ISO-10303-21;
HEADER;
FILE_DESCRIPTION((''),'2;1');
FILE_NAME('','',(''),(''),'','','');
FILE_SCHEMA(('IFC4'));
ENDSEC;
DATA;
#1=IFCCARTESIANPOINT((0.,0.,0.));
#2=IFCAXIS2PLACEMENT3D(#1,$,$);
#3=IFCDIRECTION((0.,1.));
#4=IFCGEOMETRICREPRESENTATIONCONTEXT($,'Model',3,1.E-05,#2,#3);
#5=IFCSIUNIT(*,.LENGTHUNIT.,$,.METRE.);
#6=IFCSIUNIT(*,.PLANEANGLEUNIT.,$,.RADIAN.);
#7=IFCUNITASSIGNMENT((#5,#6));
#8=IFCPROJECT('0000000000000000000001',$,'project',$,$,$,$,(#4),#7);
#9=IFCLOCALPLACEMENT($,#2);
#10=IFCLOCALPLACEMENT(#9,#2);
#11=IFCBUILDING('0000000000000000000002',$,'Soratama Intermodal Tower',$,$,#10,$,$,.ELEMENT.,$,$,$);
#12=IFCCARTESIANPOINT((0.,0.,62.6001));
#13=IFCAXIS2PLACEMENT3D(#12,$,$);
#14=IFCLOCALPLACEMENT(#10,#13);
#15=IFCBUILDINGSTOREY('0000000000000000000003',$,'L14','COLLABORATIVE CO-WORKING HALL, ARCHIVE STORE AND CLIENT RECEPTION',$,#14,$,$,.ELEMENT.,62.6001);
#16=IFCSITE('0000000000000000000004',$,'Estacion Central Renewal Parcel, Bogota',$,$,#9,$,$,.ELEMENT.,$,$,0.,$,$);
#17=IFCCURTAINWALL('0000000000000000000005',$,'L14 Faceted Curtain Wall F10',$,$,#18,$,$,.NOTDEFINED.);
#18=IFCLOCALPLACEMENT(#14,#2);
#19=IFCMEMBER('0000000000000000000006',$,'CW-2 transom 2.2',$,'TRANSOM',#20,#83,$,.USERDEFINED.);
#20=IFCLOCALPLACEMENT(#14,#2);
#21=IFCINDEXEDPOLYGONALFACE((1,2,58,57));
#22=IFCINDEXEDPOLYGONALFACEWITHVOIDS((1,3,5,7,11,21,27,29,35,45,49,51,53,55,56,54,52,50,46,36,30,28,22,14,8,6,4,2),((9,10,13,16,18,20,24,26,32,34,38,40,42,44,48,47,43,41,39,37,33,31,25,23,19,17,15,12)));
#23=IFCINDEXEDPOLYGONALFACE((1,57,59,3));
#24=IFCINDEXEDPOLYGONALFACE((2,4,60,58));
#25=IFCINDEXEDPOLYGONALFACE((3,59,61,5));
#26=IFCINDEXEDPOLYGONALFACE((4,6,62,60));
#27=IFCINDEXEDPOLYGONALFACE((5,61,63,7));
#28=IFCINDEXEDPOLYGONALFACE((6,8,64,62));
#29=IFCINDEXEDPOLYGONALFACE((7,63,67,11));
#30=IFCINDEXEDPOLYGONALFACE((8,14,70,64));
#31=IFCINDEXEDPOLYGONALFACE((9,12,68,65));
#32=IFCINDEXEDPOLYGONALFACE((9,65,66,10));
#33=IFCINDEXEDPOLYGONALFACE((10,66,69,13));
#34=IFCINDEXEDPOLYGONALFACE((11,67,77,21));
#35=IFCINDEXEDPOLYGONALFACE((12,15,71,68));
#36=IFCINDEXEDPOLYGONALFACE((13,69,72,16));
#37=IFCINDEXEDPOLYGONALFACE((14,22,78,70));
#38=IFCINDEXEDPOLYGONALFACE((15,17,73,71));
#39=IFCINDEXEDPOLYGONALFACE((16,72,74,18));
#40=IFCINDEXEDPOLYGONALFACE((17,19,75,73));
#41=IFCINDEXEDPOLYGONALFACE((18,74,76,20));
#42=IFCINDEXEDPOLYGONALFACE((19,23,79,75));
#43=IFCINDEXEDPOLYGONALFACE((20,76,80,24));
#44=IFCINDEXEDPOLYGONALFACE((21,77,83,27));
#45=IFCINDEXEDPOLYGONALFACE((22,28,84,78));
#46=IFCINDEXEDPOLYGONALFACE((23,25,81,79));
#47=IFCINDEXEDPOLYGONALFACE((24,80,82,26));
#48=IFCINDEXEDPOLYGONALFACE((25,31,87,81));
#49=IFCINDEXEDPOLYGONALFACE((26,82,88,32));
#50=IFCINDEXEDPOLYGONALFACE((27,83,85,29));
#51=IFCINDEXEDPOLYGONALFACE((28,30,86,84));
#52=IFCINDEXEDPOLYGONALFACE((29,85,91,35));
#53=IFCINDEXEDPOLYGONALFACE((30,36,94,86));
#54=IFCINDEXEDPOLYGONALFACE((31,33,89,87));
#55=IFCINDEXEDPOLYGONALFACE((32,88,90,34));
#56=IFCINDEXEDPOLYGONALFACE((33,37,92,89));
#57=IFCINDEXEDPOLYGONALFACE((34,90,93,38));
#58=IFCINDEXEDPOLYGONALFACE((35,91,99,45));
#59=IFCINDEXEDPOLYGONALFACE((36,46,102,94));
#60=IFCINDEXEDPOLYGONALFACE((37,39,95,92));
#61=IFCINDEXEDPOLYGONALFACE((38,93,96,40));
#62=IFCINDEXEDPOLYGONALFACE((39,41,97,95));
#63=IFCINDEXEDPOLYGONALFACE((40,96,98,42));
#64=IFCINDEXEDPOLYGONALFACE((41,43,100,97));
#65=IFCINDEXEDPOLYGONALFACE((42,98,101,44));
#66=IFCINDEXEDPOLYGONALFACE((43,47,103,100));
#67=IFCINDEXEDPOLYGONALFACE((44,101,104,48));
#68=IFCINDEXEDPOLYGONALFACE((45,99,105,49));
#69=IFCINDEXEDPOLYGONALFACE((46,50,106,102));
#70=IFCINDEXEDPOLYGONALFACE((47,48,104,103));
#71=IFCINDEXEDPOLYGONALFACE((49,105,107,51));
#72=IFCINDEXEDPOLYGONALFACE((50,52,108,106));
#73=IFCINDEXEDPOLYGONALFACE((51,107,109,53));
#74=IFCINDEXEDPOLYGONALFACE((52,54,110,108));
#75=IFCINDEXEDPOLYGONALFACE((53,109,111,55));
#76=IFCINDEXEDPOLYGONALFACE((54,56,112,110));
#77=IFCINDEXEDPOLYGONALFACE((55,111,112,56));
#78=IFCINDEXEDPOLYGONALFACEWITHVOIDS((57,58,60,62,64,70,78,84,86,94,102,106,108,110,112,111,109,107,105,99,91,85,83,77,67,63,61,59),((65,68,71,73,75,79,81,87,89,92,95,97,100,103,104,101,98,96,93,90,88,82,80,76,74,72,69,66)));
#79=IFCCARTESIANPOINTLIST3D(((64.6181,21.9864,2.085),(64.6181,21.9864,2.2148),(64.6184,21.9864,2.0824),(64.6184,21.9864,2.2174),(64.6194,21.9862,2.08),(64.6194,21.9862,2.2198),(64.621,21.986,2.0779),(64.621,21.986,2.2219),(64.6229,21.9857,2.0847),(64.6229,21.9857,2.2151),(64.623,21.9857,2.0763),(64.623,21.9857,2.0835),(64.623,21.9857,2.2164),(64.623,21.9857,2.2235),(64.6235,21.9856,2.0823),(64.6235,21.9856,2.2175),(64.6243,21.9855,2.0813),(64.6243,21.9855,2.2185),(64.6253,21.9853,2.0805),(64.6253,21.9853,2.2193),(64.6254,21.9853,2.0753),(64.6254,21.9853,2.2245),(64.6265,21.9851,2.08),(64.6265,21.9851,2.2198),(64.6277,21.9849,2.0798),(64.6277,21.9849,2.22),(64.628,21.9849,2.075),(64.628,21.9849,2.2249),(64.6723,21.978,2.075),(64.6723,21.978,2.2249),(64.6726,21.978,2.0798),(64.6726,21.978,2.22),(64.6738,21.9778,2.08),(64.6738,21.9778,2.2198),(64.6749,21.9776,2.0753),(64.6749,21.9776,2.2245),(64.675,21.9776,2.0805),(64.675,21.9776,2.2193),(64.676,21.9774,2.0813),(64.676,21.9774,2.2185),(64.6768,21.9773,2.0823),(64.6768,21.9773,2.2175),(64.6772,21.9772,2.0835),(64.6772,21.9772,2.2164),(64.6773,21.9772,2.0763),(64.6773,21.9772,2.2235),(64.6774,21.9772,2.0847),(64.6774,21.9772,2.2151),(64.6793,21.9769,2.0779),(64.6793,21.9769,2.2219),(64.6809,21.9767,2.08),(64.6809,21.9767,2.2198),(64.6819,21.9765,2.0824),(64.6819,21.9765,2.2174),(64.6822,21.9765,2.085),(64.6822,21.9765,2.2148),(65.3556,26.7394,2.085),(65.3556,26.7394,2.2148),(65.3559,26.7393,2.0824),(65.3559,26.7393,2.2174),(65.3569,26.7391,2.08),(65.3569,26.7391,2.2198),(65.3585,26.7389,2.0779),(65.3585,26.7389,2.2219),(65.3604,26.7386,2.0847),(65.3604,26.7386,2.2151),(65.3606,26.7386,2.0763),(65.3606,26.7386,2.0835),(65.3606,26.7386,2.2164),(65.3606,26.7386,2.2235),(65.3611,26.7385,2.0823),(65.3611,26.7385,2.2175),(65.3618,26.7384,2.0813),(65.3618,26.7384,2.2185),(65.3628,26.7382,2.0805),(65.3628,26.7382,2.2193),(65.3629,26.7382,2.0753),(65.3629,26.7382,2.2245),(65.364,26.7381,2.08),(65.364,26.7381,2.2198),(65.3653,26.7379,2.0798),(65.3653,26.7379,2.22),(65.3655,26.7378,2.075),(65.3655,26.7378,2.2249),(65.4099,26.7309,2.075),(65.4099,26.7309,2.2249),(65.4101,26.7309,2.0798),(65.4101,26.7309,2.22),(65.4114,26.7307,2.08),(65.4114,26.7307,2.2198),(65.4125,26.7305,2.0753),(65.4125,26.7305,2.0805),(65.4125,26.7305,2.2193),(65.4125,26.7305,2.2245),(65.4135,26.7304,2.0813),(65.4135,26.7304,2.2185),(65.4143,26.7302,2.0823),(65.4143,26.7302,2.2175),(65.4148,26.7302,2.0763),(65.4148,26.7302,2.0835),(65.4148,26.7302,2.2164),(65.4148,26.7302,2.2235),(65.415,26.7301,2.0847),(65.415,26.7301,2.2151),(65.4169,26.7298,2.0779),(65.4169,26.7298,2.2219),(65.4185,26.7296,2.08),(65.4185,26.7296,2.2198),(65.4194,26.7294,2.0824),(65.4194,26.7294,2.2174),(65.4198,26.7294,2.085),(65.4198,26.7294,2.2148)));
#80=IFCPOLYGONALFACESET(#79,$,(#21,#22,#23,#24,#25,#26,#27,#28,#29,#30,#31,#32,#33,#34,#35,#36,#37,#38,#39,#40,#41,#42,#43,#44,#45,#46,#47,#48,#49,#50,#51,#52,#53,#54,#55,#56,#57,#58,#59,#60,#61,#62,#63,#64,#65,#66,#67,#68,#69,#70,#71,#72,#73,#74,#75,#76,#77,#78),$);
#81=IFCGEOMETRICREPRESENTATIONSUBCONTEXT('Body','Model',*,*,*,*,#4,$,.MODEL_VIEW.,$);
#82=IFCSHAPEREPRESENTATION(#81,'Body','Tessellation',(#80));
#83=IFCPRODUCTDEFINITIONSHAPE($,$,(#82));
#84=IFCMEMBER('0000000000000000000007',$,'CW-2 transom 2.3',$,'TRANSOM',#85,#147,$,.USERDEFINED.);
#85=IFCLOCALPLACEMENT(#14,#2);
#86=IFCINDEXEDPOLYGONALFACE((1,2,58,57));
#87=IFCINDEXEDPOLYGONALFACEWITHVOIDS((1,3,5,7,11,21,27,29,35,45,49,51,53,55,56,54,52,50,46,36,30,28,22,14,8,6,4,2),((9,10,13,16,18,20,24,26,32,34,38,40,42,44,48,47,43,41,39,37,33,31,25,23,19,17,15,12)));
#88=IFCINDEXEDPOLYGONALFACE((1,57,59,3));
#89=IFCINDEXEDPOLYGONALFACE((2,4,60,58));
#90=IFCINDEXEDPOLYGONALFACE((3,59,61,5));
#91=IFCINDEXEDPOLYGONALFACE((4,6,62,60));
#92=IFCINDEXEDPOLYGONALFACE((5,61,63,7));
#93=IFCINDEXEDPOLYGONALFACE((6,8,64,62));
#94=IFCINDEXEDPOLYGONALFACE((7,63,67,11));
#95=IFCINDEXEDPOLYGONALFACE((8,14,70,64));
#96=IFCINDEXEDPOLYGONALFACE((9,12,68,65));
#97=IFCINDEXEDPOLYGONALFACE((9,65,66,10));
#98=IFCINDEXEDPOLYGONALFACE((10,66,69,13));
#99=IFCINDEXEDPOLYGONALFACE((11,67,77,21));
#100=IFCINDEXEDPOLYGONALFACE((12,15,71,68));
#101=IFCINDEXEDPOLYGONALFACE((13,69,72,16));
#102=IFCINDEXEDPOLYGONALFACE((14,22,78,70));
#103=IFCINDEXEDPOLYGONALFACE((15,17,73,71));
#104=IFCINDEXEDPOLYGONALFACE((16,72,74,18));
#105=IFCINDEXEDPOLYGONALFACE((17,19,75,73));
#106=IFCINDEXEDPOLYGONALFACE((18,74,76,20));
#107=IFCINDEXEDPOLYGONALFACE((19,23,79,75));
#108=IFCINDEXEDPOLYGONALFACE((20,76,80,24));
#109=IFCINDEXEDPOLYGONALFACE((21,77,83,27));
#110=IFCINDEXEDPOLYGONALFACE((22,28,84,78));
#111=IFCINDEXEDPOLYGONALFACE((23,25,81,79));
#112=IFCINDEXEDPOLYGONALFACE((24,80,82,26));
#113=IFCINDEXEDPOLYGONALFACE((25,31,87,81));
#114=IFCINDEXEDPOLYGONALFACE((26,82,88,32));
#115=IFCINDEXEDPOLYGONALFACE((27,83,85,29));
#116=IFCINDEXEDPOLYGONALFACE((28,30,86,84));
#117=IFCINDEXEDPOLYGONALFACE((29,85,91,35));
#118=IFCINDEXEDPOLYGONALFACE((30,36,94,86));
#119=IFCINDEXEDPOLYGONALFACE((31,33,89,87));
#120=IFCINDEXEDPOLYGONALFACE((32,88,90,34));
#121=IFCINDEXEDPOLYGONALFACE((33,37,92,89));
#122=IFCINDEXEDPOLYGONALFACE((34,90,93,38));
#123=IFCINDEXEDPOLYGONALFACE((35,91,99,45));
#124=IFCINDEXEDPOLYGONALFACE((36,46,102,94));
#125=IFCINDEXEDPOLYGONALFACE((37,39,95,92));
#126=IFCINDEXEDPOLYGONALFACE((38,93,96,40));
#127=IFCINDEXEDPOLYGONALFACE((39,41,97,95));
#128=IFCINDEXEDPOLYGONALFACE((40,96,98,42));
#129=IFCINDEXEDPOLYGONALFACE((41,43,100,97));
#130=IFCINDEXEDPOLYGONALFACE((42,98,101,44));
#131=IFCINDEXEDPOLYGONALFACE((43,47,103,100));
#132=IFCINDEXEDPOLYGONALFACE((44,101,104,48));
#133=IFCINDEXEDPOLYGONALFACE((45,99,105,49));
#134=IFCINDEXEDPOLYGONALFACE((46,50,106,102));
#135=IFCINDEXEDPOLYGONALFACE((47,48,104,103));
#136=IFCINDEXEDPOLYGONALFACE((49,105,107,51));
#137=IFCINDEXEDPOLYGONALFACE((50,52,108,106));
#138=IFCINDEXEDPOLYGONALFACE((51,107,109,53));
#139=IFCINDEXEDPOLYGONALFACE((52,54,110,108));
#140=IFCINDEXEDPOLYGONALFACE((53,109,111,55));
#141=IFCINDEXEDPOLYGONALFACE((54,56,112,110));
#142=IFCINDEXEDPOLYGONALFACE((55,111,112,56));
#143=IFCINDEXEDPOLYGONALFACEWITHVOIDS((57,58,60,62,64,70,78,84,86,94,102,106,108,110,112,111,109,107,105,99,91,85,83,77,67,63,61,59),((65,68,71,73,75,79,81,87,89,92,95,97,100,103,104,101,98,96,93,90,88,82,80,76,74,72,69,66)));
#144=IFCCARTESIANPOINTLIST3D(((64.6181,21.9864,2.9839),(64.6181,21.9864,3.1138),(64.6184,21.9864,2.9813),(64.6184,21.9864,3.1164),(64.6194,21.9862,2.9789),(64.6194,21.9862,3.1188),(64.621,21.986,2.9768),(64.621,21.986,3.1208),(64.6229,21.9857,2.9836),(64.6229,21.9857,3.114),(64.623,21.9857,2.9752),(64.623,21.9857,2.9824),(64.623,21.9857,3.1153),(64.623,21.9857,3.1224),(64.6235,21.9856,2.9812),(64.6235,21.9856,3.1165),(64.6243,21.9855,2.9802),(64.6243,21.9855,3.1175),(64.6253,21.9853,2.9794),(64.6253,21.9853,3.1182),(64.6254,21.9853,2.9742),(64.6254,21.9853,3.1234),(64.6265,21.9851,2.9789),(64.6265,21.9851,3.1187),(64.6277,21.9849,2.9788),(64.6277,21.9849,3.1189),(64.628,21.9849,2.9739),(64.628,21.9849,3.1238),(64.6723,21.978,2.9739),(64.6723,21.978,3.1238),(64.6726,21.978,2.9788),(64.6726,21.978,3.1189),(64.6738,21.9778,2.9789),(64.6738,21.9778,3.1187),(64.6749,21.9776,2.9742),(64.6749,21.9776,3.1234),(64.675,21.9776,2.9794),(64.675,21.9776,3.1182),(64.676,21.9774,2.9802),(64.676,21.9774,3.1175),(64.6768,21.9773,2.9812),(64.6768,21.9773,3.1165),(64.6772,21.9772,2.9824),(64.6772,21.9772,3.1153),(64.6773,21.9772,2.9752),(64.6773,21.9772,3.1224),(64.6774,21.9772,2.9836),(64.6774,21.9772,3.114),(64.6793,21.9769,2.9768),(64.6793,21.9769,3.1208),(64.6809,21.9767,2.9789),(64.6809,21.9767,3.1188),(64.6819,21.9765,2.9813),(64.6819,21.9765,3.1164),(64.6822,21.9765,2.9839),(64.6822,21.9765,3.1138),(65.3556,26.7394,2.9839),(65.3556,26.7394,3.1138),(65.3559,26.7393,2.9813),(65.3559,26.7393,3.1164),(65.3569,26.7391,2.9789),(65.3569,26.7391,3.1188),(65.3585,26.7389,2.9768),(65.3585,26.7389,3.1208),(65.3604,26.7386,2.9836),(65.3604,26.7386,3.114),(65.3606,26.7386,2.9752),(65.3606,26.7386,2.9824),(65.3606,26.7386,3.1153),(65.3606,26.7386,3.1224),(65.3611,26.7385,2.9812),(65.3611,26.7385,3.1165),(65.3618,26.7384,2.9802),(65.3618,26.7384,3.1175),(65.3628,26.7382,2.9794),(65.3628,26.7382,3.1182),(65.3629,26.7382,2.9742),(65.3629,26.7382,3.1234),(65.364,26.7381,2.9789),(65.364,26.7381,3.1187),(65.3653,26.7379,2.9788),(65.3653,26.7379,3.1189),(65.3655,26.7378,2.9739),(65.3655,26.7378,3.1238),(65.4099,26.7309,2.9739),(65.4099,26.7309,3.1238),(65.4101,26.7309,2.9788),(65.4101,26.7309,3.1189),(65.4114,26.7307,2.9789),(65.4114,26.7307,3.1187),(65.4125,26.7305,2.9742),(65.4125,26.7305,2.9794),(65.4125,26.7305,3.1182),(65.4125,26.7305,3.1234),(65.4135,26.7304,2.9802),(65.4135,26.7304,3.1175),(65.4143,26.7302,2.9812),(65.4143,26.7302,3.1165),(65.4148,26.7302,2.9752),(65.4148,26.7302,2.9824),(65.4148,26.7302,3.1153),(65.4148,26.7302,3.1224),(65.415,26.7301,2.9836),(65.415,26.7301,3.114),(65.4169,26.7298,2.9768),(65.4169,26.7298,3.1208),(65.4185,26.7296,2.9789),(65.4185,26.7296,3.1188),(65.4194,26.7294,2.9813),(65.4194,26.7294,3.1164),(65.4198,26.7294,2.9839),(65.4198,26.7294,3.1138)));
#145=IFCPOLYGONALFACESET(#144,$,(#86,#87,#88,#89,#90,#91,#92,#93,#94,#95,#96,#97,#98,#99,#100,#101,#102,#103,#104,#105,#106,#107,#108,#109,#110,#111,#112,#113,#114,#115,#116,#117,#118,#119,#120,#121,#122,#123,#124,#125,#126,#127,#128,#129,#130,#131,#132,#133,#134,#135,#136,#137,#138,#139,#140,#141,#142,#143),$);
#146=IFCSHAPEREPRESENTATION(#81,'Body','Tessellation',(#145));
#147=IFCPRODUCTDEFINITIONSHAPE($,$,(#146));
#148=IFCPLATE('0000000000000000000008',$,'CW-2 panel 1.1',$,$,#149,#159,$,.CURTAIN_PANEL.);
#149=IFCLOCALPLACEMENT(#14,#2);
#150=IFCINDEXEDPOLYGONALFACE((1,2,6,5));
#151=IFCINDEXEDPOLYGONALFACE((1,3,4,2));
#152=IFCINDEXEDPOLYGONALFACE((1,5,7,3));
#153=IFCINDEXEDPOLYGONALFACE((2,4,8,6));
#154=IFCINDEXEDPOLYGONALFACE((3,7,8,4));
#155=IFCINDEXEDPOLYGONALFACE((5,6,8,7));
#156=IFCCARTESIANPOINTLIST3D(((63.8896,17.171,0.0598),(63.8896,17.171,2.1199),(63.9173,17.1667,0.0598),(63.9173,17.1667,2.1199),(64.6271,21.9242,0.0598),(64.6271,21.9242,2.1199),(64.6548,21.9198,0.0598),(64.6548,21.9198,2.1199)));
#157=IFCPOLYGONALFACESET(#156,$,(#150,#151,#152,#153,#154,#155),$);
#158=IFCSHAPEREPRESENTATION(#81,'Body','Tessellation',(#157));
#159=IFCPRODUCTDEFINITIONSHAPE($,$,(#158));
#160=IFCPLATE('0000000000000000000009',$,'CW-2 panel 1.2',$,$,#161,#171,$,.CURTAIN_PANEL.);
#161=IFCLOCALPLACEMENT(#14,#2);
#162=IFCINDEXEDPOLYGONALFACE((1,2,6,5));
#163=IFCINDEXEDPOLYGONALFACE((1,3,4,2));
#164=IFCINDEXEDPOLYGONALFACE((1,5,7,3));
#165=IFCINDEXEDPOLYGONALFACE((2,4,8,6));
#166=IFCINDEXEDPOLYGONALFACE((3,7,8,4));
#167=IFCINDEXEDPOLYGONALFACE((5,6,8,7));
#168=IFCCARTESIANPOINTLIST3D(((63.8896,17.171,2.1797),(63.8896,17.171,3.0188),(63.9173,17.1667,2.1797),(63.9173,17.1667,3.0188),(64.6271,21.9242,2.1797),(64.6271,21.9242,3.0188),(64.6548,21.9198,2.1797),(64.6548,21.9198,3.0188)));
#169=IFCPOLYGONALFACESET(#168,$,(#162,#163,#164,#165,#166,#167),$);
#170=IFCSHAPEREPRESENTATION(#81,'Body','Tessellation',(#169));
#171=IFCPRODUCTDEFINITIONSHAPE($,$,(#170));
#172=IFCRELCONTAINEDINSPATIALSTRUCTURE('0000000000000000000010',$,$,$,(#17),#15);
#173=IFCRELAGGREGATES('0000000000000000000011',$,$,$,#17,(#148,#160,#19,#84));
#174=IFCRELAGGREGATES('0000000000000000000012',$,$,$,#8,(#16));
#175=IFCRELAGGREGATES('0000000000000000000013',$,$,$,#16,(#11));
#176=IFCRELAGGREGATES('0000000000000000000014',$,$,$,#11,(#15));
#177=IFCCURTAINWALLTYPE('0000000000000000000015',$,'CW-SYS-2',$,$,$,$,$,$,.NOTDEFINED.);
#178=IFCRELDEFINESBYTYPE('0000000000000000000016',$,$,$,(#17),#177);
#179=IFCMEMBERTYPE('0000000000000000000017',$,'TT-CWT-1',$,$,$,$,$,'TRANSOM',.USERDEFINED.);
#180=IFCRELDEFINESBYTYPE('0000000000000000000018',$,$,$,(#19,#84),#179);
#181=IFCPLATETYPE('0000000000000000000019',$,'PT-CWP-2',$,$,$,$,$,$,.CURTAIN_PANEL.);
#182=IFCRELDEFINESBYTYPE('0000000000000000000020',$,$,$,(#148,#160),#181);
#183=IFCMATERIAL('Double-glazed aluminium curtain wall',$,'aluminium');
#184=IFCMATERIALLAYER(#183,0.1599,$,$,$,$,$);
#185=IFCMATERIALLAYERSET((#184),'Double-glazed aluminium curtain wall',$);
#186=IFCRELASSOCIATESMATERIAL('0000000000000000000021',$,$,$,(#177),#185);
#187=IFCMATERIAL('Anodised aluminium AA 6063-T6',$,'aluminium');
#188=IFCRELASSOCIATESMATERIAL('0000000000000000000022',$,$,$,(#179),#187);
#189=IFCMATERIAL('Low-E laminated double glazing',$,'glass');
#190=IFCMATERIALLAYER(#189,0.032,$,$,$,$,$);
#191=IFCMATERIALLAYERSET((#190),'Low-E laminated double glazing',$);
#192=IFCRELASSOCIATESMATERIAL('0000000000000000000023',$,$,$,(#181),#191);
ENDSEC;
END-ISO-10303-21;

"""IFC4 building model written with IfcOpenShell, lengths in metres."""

from ifc_helpers import new_model, si_unit, direction, frame, origin, origin_2d, place, context, subcontext, project, spatial, rectangle, hollow_rectangle, extrude, material, layer, layer_set, material_profile, profile_set, type_object, element, aggregate, save


model = new_model("IFC4")

# Units and contexts
model_context = context("Model", 3, precision=1e-05, world=origin(), true_north=direction((0.0, 1.0)))
body_context = subcontext(model_context, "Body", "Model", "MODEL_VIEW")
ifc_project = project(units=[si_unit("LENGTHUNIT", "METRE"), si_unit("PLANEANGLEUNIT", "RADIAN")], contexts=[model_context])

# Site, building, storey
site_placement = place(None, origin())
site = spatial("IfcSite", under=ifc_project, at=site_placement, Name="Estacion Central Renewal Parcel, Bogota", CompositionType="ELEMENT", RefElevation=0.0)
building_placement = place(site_placement, origin())
building = spatial("IfcBuilding", under=site, at=building_placement, Name="Soratama Intermodal Tower", CompositionType="ELEMENT")
storey_placement = place(building_placement, frame((0.0, 0.0, 62.6001)))
storey = spatial("IfcBuildingStorey", under=building, at=storey_placement, Name="L14", Description="COLLABORATIVE CO-WORKING HALL, ARCHIVE STORE AND CLIENT RECEPTION", CompositionType="ELEMENT", Elevation=62.6001)

# Shared definitions
ifc_material_1 = material(Name="Double-glazed aluminium curtain wall", Category="aluminium")
ifc_layer_1 = layer(ifc_material_1, 0.1599)
ifc_layer_set_1 = layer_set([ifc_layer_1], Name="Double-glazed aluminium curtain wall")
curtain_wall_type = type_object("IfcCurtainWallType", Name="CW-SYS-2", PredefinedType="NOTDEFINED", material=ifc_layer_set_1)

# Curtain wall, members, plates
curtain_wall_1_placement = place(storey_placement, origin())
curtain_wall_1 = element("IfcCurtainWall", 1, at=curtain_wall_1_placement, inside=storey, type_object=curtain_wall_type, Name="L14 Faceted Curtain Wall F10", PredefinedType="NOTDEFINED")
ifc_material_2 = material(Name="Anodised aluminium AA 6063-T6", Category="aluminium")
ifc_material_profile_1 = material_profile(ifc_material_2, hollow_rectangle(XDim=0.0649, YDim=0.1499, WallThickness=0.0049, InnerFilletRadius=0.0049, OuterFilletRadius=0.01, at=origin_2d()), Name="CWT150X65X5")
ifc_profile_set_1 = profile_set([ifc_material_profile_1], Name="Anodised aluminium AA 6063-T6")
member_type_1 = type_object("IfcMemberType", Name="TT-CWT-1", ElementType="TRANSOM", PredefinedType="USERDEFINED", material=ifc_profile_set_1)
member_1_placement = place(storey_placement, frame((64.6501, 21.9814, 2.1499), z_axis=(0.153342, 0.988173, 0.0), x_axis=(-0.988173, 0.153342, 0.0)))
member_1 = element("IfcMember", 2, at=member_1_placement, type_object=member_type_1, Name="CW-2 transom 2.2", ObjectType="TRANSOM", PredefinedType="USERDEFINED", context=body_context, shape_type="SweptSolid", body=[
    extrude(hollow_rectangle(XDim=0.0649, YDim=0.1499, WallThickness=0.0049, InnerFilletRadius=0.0049, OuterFilletRadius=0.01, at=origin_2d()), origin(), (0.0, 0.0, 1.0), 4.8098),
])
member_2_placement = place(storey_placement, frame((64.6501, 21.9814, 3.0488), z_axis=(0.153342, 0.988173, 0.0), x_axis=(-0.988173, 0.153342, 0.0)))
member_2 = element("IfcMember", 3, at=member_2_placement, type_object=member_type_1, Name="CW-2 transom 2.3", ObjectType="TRANSOM", PredefinedType="USERDEFINED", context=body_context, shape_type="SweptSolid", body=[
    extrude(hollow_rectangle(XDim=0.0649, YDim=0.1499, WallThickness=0.0049, InnerFilletRadius=0.0049, OuterFilletRadius=0.01, at=origin_2d()), origin(), (0.0, 0.0, 1.0), 4.8098),
])
ifc_material_3 = material(Name="Low-E laminated double glazing", Category="glass")
ifc_layer_2 = layer(ifc_material_3, 0.032)
ifc_layer_set_2 = layer_set([ifc_layer_2], Name="Low-E laminated double glazing")
plate_type = type_object("IfcPlateType", Name="PT-CWP-2", PredefinedType="CURTAIN_PANEL", material=ifc_layer_set_2)
plate_1_placement = place(storey_placement, frame((64.2722, 19.5454, 0.0598), z_axis=(0.0, 0.0, 1.0), x_axis=(0.153328, 0.988175, 0.0)))
plate_1 = element("IfcPlate", 4, at=plate_1_placement, type_object=plate_type, Name="CW-2 panel 1.1", PredefinedType="CURTAIN_PANEL", context=body_context, shape_type="SweptSolid", body=[
    extrude(rectangle(XDim=4.8101, YDim=0.0281, at=origin_2d()), origin(), (0.0, 0.0, 1.0), 2.0601),
])
plate_2_placement = place(storey_placement, frame((64.2722, 19.5454, 2.1797), z_axis=(0.0, 0.0, 1.0), x_axis=(0.153328, 0.988175, 0.0)))
plate_2 = element("IfcPlate", 5, at=plate_2_placement, type_object=plate_type, Name="CW-2 panel 1.2", PredefinedType="CURTAIN_PANEL", context=body_context, shape_type="SweptSolid", body=[
    extrude(rectangle(XDim=4.8101, YDim=0.0281, at=origin_2d()), origin(), (0.0, 0.0, 1.0), 0.8391),
])
aggregate(curtain_wall_1, [plate_1, plate_2, member_1, member_2])

save(model, "model.ifc")
